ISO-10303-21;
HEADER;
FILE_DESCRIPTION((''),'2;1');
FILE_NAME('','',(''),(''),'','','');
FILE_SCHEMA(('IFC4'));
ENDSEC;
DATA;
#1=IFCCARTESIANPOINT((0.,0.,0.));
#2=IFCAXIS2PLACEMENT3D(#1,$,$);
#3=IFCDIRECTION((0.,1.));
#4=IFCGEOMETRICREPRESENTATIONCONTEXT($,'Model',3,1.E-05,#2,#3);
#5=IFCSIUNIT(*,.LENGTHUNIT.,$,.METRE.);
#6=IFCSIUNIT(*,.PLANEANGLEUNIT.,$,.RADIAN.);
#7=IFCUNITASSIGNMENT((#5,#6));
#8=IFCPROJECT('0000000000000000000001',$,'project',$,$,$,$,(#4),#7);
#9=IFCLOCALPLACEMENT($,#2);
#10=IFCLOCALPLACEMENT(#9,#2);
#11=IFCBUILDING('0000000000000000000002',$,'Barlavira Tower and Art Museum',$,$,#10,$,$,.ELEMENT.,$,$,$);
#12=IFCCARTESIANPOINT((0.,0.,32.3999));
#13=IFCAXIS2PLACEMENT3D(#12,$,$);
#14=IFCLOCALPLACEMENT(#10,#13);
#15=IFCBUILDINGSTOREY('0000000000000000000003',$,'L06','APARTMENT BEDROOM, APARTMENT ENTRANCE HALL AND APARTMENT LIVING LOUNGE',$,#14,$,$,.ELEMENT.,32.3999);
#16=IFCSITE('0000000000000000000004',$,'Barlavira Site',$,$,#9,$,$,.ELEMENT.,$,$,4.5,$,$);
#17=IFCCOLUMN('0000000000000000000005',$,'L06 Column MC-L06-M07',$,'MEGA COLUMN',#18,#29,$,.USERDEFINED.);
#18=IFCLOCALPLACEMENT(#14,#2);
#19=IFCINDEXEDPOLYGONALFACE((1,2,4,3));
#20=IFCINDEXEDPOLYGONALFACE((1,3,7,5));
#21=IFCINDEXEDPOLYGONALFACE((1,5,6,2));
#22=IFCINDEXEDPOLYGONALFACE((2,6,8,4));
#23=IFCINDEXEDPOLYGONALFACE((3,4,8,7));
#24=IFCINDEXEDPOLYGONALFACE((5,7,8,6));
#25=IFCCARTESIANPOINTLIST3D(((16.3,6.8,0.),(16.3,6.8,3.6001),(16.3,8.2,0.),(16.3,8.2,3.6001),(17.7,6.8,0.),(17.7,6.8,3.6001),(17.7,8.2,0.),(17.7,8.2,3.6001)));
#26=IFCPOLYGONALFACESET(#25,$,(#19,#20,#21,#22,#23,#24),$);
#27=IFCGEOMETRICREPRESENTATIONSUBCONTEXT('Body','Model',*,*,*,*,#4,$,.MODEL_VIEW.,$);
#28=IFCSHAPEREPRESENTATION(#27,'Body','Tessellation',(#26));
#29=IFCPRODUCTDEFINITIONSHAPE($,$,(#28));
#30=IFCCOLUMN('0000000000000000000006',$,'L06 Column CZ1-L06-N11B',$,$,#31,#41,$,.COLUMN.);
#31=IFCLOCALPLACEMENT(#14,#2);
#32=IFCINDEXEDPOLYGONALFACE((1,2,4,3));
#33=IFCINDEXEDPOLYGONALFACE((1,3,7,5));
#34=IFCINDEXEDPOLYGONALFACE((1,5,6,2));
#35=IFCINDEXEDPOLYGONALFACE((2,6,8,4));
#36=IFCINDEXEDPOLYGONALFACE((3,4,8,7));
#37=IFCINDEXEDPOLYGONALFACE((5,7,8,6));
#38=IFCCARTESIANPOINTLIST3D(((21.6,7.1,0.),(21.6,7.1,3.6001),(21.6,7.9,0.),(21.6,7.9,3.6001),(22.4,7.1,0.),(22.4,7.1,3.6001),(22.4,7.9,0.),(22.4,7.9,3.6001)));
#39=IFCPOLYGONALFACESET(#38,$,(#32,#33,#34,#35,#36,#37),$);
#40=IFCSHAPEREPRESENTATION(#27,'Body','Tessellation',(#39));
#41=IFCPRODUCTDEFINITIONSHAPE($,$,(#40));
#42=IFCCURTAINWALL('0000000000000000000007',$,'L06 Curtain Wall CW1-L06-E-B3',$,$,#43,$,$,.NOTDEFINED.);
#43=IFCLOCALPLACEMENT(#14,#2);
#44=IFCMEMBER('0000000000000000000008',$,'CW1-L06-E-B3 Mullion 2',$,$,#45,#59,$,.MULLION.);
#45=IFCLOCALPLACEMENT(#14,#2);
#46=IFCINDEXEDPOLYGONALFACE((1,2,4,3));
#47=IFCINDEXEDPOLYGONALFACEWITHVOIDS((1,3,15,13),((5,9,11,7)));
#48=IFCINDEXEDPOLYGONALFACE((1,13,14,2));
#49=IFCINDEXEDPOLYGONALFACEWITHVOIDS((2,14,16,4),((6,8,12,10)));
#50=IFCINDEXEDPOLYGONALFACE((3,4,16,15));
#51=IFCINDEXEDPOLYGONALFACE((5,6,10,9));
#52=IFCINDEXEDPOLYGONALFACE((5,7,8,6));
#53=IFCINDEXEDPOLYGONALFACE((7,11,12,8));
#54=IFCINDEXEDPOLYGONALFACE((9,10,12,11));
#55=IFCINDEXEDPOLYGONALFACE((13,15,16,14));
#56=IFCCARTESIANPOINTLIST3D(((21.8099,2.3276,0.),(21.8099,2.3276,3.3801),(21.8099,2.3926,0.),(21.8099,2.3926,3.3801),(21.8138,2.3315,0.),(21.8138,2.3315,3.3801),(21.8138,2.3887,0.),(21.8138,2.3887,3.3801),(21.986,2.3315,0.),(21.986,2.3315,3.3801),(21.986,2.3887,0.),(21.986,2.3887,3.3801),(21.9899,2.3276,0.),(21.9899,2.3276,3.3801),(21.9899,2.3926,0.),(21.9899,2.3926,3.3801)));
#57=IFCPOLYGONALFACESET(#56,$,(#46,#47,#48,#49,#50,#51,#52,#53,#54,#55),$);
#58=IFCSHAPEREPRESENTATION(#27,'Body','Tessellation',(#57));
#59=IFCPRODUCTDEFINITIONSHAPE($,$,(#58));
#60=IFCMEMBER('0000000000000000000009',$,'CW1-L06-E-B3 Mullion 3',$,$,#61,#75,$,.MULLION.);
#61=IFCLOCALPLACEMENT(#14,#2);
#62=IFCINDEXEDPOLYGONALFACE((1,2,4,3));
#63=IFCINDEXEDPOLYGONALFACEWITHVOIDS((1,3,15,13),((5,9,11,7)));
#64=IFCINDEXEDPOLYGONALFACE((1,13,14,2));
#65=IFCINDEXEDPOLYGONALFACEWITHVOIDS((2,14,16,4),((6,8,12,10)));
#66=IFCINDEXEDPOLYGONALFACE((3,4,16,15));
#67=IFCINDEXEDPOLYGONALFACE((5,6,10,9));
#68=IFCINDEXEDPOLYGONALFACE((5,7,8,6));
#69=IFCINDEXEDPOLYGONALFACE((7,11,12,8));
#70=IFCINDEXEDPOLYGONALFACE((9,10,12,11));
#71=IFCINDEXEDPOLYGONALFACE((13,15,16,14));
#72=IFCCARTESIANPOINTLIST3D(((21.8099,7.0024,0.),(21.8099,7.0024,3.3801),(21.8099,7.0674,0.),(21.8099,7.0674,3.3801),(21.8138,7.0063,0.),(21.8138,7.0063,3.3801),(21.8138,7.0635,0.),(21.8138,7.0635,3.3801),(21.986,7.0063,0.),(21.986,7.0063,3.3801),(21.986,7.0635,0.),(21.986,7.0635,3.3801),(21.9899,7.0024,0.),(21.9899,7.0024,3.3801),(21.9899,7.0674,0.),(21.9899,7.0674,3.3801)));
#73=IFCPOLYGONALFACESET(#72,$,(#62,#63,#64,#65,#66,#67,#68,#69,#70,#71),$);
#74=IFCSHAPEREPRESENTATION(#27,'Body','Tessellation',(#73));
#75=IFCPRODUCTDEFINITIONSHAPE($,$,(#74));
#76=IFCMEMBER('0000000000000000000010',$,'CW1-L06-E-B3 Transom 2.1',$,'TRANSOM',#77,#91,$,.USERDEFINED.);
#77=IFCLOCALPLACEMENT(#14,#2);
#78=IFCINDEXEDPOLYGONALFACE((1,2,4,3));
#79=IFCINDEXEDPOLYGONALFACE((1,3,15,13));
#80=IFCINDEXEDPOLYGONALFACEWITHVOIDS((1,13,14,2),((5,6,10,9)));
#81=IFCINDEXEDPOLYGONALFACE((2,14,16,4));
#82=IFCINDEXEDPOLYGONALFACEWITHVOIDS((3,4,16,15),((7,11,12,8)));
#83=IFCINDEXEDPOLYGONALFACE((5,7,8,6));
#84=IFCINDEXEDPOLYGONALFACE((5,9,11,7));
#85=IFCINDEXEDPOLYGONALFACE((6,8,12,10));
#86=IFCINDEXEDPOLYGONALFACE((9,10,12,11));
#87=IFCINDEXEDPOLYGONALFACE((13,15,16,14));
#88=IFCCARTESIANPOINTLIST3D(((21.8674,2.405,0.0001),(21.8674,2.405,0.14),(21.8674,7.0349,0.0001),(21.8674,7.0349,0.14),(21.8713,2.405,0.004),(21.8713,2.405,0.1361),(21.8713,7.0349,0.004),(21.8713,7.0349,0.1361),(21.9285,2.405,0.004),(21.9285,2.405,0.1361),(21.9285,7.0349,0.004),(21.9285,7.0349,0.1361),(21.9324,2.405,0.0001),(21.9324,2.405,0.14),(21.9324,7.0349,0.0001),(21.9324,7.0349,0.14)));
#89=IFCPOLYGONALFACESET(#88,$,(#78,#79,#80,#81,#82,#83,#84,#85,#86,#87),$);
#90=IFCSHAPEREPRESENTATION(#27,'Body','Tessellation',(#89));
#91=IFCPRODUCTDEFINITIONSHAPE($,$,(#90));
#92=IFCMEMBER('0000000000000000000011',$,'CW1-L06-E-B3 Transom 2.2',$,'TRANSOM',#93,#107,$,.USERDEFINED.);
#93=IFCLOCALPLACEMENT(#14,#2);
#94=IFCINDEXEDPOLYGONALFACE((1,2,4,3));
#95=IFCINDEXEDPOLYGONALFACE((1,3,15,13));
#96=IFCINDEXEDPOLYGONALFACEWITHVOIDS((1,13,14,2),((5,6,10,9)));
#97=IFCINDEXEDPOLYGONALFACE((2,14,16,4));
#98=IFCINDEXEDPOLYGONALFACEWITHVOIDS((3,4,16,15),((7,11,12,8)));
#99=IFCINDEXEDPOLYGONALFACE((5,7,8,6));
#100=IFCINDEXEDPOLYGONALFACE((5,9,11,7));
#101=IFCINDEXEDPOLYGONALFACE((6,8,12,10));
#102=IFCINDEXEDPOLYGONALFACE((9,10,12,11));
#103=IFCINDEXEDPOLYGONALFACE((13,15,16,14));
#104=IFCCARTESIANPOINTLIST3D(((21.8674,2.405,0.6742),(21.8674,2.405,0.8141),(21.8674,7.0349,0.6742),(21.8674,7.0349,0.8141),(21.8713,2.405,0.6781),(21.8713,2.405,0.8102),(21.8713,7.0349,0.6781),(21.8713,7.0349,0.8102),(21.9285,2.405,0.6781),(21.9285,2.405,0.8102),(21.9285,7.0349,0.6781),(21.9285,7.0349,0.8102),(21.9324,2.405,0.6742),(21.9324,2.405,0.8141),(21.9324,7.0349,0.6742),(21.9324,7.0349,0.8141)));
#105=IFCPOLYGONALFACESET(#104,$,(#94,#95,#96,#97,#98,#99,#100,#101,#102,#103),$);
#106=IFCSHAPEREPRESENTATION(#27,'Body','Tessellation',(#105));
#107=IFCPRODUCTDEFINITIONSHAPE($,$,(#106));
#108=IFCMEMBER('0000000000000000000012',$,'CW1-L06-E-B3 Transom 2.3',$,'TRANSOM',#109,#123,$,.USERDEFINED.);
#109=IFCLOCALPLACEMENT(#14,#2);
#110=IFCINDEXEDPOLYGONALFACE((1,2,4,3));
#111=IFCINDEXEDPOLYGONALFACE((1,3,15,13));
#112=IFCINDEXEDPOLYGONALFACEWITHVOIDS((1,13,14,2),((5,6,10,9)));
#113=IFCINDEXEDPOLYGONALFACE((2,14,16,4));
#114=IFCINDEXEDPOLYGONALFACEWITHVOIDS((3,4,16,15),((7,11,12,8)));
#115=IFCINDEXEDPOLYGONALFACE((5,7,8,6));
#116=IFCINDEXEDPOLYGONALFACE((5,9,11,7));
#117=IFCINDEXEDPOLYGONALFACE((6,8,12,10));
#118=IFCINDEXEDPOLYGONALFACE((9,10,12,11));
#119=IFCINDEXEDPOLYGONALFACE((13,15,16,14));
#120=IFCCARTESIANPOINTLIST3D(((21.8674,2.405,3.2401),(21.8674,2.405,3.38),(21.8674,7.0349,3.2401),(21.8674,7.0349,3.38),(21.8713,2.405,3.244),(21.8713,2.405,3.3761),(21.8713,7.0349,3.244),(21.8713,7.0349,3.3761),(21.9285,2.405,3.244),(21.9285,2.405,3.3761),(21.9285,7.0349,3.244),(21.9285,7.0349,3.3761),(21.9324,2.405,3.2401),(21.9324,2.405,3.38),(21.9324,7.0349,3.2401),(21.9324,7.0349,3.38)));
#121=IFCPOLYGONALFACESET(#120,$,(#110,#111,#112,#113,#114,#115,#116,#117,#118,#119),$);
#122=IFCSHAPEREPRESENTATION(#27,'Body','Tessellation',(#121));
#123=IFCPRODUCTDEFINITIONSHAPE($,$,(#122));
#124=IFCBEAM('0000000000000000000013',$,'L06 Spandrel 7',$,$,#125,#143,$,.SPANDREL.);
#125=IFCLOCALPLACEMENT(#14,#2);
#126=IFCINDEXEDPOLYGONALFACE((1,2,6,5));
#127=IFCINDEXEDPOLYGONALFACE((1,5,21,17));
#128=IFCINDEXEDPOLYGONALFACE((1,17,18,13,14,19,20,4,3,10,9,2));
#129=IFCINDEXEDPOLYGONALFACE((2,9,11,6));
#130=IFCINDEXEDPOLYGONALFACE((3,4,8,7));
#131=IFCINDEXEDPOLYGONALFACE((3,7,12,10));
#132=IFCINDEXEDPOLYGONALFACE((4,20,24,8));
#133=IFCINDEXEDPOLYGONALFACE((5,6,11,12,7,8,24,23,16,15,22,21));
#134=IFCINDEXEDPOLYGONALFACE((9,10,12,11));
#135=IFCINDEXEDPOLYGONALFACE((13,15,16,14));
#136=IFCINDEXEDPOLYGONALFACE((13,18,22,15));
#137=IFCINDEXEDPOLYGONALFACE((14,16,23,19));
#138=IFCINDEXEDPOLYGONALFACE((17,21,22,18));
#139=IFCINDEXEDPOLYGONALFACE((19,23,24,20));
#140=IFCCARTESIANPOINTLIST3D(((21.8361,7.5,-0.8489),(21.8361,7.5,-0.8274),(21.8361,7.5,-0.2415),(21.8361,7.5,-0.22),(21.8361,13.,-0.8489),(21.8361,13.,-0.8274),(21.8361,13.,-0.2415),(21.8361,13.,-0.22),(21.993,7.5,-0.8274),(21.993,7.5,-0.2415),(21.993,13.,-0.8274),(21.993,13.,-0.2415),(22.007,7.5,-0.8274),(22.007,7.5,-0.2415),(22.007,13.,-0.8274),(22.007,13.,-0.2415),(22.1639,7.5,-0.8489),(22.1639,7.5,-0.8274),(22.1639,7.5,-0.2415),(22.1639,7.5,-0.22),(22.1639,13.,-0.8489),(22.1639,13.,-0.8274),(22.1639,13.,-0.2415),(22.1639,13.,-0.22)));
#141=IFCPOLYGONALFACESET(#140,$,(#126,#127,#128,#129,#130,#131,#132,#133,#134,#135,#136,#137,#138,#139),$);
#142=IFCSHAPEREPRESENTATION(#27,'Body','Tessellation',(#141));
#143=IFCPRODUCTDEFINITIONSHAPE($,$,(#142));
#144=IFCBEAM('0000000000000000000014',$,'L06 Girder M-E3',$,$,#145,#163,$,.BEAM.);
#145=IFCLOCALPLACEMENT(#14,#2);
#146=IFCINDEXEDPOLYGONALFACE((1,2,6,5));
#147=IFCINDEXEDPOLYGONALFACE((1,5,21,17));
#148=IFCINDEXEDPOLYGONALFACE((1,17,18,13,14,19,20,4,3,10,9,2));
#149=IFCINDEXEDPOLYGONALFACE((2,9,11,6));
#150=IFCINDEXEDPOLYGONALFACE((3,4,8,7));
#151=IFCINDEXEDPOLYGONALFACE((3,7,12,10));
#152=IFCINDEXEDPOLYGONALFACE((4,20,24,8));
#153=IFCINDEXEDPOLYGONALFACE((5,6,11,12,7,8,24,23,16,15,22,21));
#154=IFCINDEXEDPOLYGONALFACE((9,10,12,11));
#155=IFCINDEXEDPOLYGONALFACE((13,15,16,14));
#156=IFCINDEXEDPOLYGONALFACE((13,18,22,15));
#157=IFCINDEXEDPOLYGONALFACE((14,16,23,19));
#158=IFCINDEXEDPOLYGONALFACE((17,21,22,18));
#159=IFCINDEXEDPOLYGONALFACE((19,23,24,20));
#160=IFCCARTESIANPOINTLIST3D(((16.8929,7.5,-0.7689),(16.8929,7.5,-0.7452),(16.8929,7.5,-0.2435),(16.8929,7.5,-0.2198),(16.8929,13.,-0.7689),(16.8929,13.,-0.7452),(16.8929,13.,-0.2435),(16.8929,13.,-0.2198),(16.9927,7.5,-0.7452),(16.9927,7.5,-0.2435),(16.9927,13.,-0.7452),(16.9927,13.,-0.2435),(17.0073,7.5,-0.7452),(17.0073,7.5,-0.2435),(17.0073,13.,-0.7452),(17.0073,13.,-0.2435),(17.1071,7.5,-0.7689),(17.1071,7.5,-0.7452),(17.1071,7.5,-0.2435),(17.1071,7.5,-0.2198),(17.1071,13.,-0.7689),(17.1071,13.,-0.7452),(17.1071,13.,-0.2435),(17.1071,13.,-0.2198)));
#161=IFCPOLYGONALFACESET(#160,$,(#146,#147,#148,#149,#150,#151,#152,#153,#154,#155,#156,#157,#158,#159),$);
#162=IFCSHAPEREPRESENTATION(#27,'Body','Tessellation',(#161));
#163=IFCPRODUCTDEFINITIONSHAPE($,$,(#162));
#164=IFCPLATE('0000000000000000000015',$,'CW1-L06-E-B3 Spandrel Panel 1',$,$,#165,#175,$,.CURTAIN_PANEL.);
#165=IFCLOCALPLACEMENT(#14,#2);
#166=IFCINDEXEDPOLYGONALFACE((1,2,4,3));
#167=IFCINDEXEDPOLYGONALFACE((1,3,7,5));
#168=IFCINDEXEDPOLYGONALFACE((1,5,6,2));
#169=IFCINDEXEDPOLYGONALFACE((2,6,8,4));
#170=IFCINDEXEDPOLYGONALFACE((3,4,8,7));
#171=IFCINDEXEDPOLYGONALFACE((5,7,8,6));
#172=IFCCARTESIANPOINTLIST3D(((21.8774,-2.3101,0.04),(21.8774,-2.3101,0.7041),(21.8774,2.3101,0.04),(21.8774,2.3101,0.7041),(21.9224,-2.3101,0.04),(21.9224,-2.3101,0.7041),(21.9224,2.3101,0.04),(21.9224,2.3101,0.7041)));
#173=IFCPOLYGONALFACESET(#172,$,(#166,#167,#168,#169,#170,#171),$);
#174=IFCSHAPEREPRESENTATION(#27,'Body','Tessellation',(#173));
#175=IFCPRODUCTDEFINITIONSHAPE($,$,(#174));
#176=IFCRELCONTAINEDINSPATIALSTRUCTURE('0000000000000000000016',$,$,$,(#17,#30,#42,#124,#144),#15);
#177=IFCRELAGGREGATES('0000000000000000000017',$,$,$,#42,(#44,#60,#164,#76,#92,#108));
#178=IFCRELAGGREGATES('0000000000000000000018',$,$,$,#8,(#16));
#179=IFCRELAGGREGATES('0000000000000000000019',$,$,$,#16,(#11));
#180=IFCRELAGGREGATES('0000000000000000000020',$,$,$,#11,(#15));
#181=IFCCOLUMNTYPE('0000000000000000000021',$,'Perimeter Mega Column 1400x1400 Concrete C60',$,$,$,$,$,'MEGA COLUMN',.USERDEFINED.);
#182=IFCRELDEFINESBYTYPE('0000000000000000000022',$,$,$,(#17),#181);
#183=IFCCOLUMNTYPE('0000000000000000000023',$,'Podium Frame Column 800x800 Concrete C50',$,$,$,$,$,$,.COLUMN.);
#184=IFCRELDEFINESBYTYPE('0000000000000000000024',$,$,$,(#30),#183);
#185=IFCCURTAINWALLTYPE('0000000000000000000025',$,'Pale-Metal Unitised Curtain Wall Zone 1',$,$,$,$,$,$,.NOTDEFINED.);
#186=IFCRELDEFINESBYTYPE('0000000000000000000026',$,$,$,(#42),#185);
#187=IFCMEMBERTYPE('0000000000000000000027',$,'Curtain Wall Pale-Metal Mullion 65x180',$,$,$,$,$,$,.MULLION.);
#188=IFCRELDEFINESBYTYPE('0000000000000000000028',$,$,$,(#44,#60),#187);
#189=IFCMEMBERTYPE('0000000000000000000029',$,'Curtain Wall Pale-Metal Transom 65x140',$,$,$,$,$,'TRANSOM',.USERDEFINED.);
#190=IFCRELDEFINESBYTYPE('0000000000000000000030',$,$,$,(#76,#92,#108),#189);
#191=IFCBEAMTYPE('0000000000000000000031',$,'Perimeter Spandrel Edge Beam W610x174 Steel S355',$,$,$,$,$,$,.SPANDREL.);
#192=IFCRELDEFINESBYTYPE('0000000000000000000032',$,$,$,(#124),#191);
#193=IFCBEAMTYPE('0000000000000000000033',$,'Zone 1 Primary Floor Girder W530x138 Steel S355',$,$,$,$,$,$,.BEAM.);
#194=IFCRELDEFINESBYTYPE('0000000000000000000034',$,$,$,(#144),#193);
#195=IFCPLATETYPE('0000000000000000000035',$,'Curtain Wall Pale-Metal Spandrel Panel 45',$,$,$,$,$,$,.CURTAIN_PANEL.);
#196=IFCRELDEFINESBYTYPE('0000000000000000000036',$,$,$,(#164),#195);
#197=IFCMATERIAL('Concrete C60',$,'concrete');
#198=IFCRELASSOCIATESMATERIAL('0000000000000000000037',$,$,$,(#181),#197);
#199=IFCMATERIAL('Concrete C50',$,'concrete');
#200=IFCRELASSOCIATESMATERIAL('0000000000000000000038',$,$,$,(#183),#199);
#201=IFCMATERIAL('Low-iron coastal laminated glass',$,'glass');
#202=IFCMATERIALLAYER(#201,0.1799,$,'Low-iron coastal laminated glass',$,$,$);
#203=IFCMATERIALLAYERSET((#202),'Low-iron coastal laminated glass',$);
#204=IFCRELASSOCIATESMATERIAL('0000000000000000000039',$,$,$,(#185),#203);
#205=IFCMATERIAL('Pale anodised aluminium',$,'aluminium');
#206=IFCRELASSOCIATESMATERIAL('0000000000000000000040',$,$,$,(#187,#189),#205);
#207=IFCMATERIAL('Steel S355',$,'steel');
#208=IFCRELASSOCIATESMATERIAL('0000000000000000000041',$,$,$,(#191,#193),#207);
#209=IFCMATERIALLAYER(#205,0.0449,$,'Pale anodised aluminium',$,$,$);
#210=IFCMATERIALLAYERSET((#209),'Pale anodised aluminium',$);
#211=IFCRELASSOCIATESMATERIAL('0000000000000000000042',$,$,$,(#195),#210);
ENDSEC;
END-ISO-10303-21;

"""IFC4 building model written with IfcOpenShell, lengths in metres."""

from ifc_helpers import new_model, si_unit, direction, frame, origin, origin_2d, place, context, subcontext, project, spatial, rectangle, hollow_rectangle, i_section, extrude, material, layer, layer_set, material_profile, profile_set, type_object, element, aggregate, save


model = new_model("IFC4")

# Units and contexts
model_context = context("Model", 3, precision=1e-05, world=origin(), true_north=direction((0.0, 1.0)))
body_context = subcontext(model_context, "Body", "Model", "MODEL_VIEW")
ifc_project = project(units=[si_unit("LENGTHUNIT", "METRE"), si_unit("PLANEANGLEUNIT", "RADIAN")], contexts=[model_context])

# Site, building, storey
site_placement = place(None, origin())
site = spatial("IfcSite", under=ifc_project, at=site_placement, Name="Barlavira Site", CompositionType="ELEMENT", RefElevation=4.5)
building_placement = place(site_placement, origin())
building = spatial("IfcBuilding", under=site, at=building_placement, Name="Barlavira Tower and Art Museum", CompositionType="ELEMENT")
storey_placement = place(building_placement, frame((0.0, 0.0, 32.3999)))
storey = spatial("IfcBuildingStorey", under=building, at=storey_placement, Name="L06", Description="APARTMENT BEDROOM, APARTMENT ENTRANCE HALL AND APARTMENT LIVING LOUNGE", CompositionType="ELEMENT", Elevation=32.3999)

# Columns
ifc_material_1 = material(Name="Concrete C60", Category="concrete")
ifc_material_profile_1 = material_profile(ifc_material_1, rectangle(XDim=1.3999, YDim=1.3999, at=origin_2d()), Name="RC-MCOL 1400x1400")
ifc_profile_set_1 = profile_set([ifc_material_profile_1], Name="Concrete C60")
column_type_1 = type_object("IfcColumnType", Name="Perimeter Mega Column 1400x1400 Concrete C60", ElementType="MEGA COLUMN", PredefinedType="USERDEFINED", material=ifc_profile_set_1)
column_1_placement = place(storey_placement, frame((17.0, 7.5, 0.0), z_axis=(0.0, 0.0, 1.0), x_axis=(1.0, 0.0, 0.0)))
element("IfcColumn", 1, at=column_1_placement, inside=storey, type_object=column_type_1, Name="L06 Column MC-L06-M07", ObjectType="MEGA COLUMN", PredefinedType="USERDEFINED", context=body_context, shape_type="SweptSolid", body=[
    extrude(rectangle(XDim=1.3999, YDim=1.3999, at=origin_2d()), origin(), (0.0, 0.0, 1.0), 3.6001),
])
ifc_material_2 = material(Name="Concrete C50", Category="concrete")
ifc_material_profile_2 = material_profile(ifc_material_2, rectangle(XDim=0.8, YDim=0.8, at=origin_2d()), Name="RC-COL 800x800")
ifc_profile_set_2 = profile_set([ifc_material_profile_2], Name="Concrete C50")
column_type_2 = type_object("IfcColumnType", Name="Podium Frame Column 800x800 Concrete C50", PredefinedType="COLUMN", material=ifc_profile_set_2)
column_2_placement = place(storey_placement, frame((22.0, 7.5, 0.0), z_axis=(0.0, 0.0, 1.0), x_axis=(1.0, 0.0, 0.0)))
element("IfcColumn", 2, at=column_2_placement, inside=storey, type_object=column_type_2, Name="L06 Column CZ1-L06-N11B", PredefinedType="COLUMN", context=body_context, shape_type="SweptSolid", body=[
    extrude(rectangle(XDim=0.8, YDim=0.8, at=origin_2d()), origin(), (0.0, 0.0, 1.0), 3.6001),
])

# Curtain wall, members
ifc_material_3 = material(Name="Low-iron coastal laminated glass", Category="glass")
ifc_layer_1 = layer(ifc_material_3, 0.1799, Name="Low-iron coastal laminated glass")
ifc_layer_set_1 = layer_set([ifc_layer_1], Name="Low-iron coastal laminated glass")
curtain_wall_type = type_object("IfcCurtainWallType", Name="Pale-Metal Unitised Curtain Wall Zone 1", PredefinedType="NOTDEFINED", material=ifc_layer_set_1)
curtain_wall_placement = place(storey_placement, origin())
curtain_wall = element("IfcCurtainWall", 3, at=curtain_wall_placement, inside=storey, type_object=curtain_wall_type, Name="L06 Curtain Wall CW1-L06-E-B3", PredefinedType="NOTDEFINED")
ifc_material_4 = material(Name="Pale anodised aluminium", Category="aluminium")
ifc_material_profile_3 = material_profile(ifc_material_4, hollow_rectangle(XDim=0.0649, YDim=0.1799, WallThickness=0.0039, at=origin_2d()), Name="ALU-MULL 65x180x4")
ifc_profile_set_3 = profile_set([ifc_material_profile_3], Name="Pale anodised aluminium")
member_type_1 = type_object("IfcMemberType", Name="Curtain Wall Pale-Metal Mullion 65x180", PredefinedType="MULLION", material=ifc_profile_set_3)
member_1_placement = place(storey_placement, frame((21.8999, 2.3601, 0.0), z_axis=(0.0, 0.0, 1.0), x_axis=(0.0, 1.0, 0.0)))
member_1 = element("IfcMember", 4, at=member_1_placement, type_object=member_type_1, Name="CW1-L06-E-B3 Mullion 2", PredefinedType="MULLION", context=body_context, shape_type="SweptSolid", body=[
    extrude(hollow_rectangle(XDim=0.0649, YDim=0.1799, WallThickness=0.0039, at=origin_2d()), origin(), (0.0, 0.0, 1.0), 3.3801),
])
member_2_placement = place(storey_placement, frame((21.8999, 7.0349, 0.0), z_axis=(0.0, 0.0, 1.0), x_axis=(0.0, 1.0, 0.0)))
member_2 = element("IfcMember", 5, at=member_2_placement, type_object=member_type_1, Name="CW1-L06-E-B3 Mullion 3", PredefinedType="MULLION", context=body_context, shape_type="SweptSolid", body=[
    extrude(hollow_rectangle(XDim=0.0649, YDim=0.1799, WallThickness=0.0039, at=origin_2d()), origin(), (0.0, 0.0, 1.0), 3.3801),
])
ifc_material_profile_4 = material_profile(ifc_material_4, hollow_rectangle(XDim=0.0649, YDim=0.1399, WallThickness=0.0039, at=origin_2d()), Name="ALU-TRAN 65x140x4")
ifc_profile_set_4 = profile_set([ifc_material_profile_4], Name="Pale anodised aluminium")
member_type_2 = type_object("IfcMemberType", Name="Curtain Wall Pale-Metal Transom 65x140", ElementType="TRANSOM", PredefinedType="USERDEFINED", material=ifc_profile_set_4)
member_3_placement = place(storey_placement, frame((21.8999, 2.405, 0.0701), z_axis=(0.0, 1.0, 0.0), x_axis=(-1.0, 0.0, 0.0)))
member_3 = element("IfcMember", 6, at=member_3_placement, type_object=member_type_2, Name="CW1-L06-E-B3 Transom 2.1", ObjectType="TRANSOM", PredefinedType="USERDEFINED", context=body_context, shape_type="SweptSolid", body=[
    extrude(hollow_rectangle(XDim=0.0649, YDim=0.1399, WallThickness=0.0039, at=origin_2d()), origin(), (0.0, 0.0, 1.0), 4.6299),
])
member_4_placement = place(storey_placement, frame((21.8999, 2.405, 0.7441), z_axis=(0.0, 1.0, 0.0), x_axis=(-1.0, 0.0, 0.0)))
member_4 = element("IfcMember", 7, at=member_4_placement, type_object=member_type_2, Name="CW1-L06-E-B3 Transom 2.2", ObjectType="TRANSOM", PredefinedType="USERDEFINED", context=body_context, shape_type="SweptSolid", body=[
    extrude(hollow_rectangle(XDim=0.0649, YDim=0.1399, WallThickness=0.0039, at=origin_2d()), origin(), (0.0, 0.0, 1.0), 4.6299),
])
member_5_placement = place(storey_placement, frame((21.8999, 2.405, 3.3101), z_axis=(0.0, 1.0, 0.0), x_axis=(-1.0, 0.0, 0.0)))
member_5 = element("IfcMember", 8, at=member_5_placement, type_object=member_type_2, Name="CW1-L06-E-B3 Transom 2.3", ObjectType="TRANSOM", PredefinedType="USERDEFINED", context=body_context, shape_type="SweptSolid", body=[
    extrude(hollow_rectangle(XDim=0.0649, YDim=0.1399, WallThickness=0.0039, at=origin_2d()), origin(), (0.0, 0.0, 1.0), 4.6299),
])

# Beams
ifc_material_5 = material(Name="Steel S355", Category="steel")
ifc_material_profile_5 = material_profile(ifc_material_5, i_section(OverallWidth=0.3279, OverallDepth=0.6289, WebThickness=0.0139, FlangeThickness=0.0215, at=origin_2d()), Name="W610x174.0")
ifc_profile_set_5 = profile_set([ifc_material_profile_5], Name="Steel S355")
beam_type_1 = type_object("IfcBeamType", Name="Perimeter Spandrel Edge Beam W610x174 Steel S355", PredefinedType="SPANDREL", material=ifc_profile_set_5)
beam_1_placement = place(storey_placement, frame((22.0, 7.5, -0.5344), z_axis=(0.0, 1.0, 0.0), x_axis=(-1.0, 0.0, 0.0)))
element("IfcBeam", 9, at=beam_1_placement, inside=storey, type_object=beam_type_1, Name="L06 Spandrel 7", PredefinedType="SPANDREL", context=body_context, shape_type="SweptSolid", body=[
    extrude(i_section(OverallWidth=0.3279, OverallDepth=0.6289, WebThickness=0.0139, FlangeThickness=0.0215, at=origin_2d()), origin(), (0.0, 0.0, 1.0), 5.5),
])
ifc_material_profile_6 = material_profile(ifc_material_5, i_section(OverallWidth=0.2141, OverallDepth=0.5491, WebThickness=0.0146, FlangeThickness=0.0237, at=origin_2d()), Name="W530x138.0")
ifc_profile_set_6 = profile_set([ifc_material_profile_6], Name="Steel S355")
beam_type_2 = type_object("IfcBeamType", Name="Zone 1 Primary Floor Girder W530x138 Steel S355", PredefinedType="BEAM", material=ifc_profile_set_6)
beam_2_placement = place(storey_placement, frame((17.0, 7.5, -0.4944), z_axis=(0.0, 1.0, 0.0), x_axis=(-1.0, 0.0, 0.0)))
element("IfcBeam", 10, at=beam_2_placement, inside=storey, type_object=beam_type_2, Name="L06 Girder M-E3", PredefinedType="BEAM", context=body_context, shape_type="SweptSolid", body=[
    extrude(i_section(OverallWidth=0.2141, OverallDepth=0.5491, WebThickness=0.0146, FlangeThickness=0.0237, at=origin_2d()), origin(), (0.0, 0.0, 1.0), 5.5),
])

# Plate
ifc_layer_2 = layer(ifc_material_4, 0.0449, Name="Pale anodised aluminium")
ifc_layer_set_2 = layer_set([ifc_layer_2], Name="Pale anodised aluminium")
plate_type_1 = type_object("IfcPlateType", Name="Curtain Wall Pale-Metal Spandrel Panel 45", PredefinedType="CURTAIN_PANEL", material=ifc_layer_set_2)
plate_1_placement = place(storey_placement, frame((21.8999, 0.0, 0.04), z_axis=(0.0, 0.0, 1.0), x_axis=(0.0, 1.0, 0.0)))
plate_1 = element("IfcPlate", 11, at=plate_1_placement, type_object=plate_type_1, Name="CW1-L06-E-B3 Spandrel Panel 1", PredefinedType="CURTAIN_PANEL", context=body_context, shape_type="SweptSolid", body=[
    extrude(rectangle(XDim=4.6201, YDim=0.0449, at=origin_2d()), origin(), (0.0, 0.0, 1.0), 0.6641),
])
aggregate(curtain_wall, [member_1, member_2, plate_1, member_3, member_4, member_5])

save(model, "model.ifc")
